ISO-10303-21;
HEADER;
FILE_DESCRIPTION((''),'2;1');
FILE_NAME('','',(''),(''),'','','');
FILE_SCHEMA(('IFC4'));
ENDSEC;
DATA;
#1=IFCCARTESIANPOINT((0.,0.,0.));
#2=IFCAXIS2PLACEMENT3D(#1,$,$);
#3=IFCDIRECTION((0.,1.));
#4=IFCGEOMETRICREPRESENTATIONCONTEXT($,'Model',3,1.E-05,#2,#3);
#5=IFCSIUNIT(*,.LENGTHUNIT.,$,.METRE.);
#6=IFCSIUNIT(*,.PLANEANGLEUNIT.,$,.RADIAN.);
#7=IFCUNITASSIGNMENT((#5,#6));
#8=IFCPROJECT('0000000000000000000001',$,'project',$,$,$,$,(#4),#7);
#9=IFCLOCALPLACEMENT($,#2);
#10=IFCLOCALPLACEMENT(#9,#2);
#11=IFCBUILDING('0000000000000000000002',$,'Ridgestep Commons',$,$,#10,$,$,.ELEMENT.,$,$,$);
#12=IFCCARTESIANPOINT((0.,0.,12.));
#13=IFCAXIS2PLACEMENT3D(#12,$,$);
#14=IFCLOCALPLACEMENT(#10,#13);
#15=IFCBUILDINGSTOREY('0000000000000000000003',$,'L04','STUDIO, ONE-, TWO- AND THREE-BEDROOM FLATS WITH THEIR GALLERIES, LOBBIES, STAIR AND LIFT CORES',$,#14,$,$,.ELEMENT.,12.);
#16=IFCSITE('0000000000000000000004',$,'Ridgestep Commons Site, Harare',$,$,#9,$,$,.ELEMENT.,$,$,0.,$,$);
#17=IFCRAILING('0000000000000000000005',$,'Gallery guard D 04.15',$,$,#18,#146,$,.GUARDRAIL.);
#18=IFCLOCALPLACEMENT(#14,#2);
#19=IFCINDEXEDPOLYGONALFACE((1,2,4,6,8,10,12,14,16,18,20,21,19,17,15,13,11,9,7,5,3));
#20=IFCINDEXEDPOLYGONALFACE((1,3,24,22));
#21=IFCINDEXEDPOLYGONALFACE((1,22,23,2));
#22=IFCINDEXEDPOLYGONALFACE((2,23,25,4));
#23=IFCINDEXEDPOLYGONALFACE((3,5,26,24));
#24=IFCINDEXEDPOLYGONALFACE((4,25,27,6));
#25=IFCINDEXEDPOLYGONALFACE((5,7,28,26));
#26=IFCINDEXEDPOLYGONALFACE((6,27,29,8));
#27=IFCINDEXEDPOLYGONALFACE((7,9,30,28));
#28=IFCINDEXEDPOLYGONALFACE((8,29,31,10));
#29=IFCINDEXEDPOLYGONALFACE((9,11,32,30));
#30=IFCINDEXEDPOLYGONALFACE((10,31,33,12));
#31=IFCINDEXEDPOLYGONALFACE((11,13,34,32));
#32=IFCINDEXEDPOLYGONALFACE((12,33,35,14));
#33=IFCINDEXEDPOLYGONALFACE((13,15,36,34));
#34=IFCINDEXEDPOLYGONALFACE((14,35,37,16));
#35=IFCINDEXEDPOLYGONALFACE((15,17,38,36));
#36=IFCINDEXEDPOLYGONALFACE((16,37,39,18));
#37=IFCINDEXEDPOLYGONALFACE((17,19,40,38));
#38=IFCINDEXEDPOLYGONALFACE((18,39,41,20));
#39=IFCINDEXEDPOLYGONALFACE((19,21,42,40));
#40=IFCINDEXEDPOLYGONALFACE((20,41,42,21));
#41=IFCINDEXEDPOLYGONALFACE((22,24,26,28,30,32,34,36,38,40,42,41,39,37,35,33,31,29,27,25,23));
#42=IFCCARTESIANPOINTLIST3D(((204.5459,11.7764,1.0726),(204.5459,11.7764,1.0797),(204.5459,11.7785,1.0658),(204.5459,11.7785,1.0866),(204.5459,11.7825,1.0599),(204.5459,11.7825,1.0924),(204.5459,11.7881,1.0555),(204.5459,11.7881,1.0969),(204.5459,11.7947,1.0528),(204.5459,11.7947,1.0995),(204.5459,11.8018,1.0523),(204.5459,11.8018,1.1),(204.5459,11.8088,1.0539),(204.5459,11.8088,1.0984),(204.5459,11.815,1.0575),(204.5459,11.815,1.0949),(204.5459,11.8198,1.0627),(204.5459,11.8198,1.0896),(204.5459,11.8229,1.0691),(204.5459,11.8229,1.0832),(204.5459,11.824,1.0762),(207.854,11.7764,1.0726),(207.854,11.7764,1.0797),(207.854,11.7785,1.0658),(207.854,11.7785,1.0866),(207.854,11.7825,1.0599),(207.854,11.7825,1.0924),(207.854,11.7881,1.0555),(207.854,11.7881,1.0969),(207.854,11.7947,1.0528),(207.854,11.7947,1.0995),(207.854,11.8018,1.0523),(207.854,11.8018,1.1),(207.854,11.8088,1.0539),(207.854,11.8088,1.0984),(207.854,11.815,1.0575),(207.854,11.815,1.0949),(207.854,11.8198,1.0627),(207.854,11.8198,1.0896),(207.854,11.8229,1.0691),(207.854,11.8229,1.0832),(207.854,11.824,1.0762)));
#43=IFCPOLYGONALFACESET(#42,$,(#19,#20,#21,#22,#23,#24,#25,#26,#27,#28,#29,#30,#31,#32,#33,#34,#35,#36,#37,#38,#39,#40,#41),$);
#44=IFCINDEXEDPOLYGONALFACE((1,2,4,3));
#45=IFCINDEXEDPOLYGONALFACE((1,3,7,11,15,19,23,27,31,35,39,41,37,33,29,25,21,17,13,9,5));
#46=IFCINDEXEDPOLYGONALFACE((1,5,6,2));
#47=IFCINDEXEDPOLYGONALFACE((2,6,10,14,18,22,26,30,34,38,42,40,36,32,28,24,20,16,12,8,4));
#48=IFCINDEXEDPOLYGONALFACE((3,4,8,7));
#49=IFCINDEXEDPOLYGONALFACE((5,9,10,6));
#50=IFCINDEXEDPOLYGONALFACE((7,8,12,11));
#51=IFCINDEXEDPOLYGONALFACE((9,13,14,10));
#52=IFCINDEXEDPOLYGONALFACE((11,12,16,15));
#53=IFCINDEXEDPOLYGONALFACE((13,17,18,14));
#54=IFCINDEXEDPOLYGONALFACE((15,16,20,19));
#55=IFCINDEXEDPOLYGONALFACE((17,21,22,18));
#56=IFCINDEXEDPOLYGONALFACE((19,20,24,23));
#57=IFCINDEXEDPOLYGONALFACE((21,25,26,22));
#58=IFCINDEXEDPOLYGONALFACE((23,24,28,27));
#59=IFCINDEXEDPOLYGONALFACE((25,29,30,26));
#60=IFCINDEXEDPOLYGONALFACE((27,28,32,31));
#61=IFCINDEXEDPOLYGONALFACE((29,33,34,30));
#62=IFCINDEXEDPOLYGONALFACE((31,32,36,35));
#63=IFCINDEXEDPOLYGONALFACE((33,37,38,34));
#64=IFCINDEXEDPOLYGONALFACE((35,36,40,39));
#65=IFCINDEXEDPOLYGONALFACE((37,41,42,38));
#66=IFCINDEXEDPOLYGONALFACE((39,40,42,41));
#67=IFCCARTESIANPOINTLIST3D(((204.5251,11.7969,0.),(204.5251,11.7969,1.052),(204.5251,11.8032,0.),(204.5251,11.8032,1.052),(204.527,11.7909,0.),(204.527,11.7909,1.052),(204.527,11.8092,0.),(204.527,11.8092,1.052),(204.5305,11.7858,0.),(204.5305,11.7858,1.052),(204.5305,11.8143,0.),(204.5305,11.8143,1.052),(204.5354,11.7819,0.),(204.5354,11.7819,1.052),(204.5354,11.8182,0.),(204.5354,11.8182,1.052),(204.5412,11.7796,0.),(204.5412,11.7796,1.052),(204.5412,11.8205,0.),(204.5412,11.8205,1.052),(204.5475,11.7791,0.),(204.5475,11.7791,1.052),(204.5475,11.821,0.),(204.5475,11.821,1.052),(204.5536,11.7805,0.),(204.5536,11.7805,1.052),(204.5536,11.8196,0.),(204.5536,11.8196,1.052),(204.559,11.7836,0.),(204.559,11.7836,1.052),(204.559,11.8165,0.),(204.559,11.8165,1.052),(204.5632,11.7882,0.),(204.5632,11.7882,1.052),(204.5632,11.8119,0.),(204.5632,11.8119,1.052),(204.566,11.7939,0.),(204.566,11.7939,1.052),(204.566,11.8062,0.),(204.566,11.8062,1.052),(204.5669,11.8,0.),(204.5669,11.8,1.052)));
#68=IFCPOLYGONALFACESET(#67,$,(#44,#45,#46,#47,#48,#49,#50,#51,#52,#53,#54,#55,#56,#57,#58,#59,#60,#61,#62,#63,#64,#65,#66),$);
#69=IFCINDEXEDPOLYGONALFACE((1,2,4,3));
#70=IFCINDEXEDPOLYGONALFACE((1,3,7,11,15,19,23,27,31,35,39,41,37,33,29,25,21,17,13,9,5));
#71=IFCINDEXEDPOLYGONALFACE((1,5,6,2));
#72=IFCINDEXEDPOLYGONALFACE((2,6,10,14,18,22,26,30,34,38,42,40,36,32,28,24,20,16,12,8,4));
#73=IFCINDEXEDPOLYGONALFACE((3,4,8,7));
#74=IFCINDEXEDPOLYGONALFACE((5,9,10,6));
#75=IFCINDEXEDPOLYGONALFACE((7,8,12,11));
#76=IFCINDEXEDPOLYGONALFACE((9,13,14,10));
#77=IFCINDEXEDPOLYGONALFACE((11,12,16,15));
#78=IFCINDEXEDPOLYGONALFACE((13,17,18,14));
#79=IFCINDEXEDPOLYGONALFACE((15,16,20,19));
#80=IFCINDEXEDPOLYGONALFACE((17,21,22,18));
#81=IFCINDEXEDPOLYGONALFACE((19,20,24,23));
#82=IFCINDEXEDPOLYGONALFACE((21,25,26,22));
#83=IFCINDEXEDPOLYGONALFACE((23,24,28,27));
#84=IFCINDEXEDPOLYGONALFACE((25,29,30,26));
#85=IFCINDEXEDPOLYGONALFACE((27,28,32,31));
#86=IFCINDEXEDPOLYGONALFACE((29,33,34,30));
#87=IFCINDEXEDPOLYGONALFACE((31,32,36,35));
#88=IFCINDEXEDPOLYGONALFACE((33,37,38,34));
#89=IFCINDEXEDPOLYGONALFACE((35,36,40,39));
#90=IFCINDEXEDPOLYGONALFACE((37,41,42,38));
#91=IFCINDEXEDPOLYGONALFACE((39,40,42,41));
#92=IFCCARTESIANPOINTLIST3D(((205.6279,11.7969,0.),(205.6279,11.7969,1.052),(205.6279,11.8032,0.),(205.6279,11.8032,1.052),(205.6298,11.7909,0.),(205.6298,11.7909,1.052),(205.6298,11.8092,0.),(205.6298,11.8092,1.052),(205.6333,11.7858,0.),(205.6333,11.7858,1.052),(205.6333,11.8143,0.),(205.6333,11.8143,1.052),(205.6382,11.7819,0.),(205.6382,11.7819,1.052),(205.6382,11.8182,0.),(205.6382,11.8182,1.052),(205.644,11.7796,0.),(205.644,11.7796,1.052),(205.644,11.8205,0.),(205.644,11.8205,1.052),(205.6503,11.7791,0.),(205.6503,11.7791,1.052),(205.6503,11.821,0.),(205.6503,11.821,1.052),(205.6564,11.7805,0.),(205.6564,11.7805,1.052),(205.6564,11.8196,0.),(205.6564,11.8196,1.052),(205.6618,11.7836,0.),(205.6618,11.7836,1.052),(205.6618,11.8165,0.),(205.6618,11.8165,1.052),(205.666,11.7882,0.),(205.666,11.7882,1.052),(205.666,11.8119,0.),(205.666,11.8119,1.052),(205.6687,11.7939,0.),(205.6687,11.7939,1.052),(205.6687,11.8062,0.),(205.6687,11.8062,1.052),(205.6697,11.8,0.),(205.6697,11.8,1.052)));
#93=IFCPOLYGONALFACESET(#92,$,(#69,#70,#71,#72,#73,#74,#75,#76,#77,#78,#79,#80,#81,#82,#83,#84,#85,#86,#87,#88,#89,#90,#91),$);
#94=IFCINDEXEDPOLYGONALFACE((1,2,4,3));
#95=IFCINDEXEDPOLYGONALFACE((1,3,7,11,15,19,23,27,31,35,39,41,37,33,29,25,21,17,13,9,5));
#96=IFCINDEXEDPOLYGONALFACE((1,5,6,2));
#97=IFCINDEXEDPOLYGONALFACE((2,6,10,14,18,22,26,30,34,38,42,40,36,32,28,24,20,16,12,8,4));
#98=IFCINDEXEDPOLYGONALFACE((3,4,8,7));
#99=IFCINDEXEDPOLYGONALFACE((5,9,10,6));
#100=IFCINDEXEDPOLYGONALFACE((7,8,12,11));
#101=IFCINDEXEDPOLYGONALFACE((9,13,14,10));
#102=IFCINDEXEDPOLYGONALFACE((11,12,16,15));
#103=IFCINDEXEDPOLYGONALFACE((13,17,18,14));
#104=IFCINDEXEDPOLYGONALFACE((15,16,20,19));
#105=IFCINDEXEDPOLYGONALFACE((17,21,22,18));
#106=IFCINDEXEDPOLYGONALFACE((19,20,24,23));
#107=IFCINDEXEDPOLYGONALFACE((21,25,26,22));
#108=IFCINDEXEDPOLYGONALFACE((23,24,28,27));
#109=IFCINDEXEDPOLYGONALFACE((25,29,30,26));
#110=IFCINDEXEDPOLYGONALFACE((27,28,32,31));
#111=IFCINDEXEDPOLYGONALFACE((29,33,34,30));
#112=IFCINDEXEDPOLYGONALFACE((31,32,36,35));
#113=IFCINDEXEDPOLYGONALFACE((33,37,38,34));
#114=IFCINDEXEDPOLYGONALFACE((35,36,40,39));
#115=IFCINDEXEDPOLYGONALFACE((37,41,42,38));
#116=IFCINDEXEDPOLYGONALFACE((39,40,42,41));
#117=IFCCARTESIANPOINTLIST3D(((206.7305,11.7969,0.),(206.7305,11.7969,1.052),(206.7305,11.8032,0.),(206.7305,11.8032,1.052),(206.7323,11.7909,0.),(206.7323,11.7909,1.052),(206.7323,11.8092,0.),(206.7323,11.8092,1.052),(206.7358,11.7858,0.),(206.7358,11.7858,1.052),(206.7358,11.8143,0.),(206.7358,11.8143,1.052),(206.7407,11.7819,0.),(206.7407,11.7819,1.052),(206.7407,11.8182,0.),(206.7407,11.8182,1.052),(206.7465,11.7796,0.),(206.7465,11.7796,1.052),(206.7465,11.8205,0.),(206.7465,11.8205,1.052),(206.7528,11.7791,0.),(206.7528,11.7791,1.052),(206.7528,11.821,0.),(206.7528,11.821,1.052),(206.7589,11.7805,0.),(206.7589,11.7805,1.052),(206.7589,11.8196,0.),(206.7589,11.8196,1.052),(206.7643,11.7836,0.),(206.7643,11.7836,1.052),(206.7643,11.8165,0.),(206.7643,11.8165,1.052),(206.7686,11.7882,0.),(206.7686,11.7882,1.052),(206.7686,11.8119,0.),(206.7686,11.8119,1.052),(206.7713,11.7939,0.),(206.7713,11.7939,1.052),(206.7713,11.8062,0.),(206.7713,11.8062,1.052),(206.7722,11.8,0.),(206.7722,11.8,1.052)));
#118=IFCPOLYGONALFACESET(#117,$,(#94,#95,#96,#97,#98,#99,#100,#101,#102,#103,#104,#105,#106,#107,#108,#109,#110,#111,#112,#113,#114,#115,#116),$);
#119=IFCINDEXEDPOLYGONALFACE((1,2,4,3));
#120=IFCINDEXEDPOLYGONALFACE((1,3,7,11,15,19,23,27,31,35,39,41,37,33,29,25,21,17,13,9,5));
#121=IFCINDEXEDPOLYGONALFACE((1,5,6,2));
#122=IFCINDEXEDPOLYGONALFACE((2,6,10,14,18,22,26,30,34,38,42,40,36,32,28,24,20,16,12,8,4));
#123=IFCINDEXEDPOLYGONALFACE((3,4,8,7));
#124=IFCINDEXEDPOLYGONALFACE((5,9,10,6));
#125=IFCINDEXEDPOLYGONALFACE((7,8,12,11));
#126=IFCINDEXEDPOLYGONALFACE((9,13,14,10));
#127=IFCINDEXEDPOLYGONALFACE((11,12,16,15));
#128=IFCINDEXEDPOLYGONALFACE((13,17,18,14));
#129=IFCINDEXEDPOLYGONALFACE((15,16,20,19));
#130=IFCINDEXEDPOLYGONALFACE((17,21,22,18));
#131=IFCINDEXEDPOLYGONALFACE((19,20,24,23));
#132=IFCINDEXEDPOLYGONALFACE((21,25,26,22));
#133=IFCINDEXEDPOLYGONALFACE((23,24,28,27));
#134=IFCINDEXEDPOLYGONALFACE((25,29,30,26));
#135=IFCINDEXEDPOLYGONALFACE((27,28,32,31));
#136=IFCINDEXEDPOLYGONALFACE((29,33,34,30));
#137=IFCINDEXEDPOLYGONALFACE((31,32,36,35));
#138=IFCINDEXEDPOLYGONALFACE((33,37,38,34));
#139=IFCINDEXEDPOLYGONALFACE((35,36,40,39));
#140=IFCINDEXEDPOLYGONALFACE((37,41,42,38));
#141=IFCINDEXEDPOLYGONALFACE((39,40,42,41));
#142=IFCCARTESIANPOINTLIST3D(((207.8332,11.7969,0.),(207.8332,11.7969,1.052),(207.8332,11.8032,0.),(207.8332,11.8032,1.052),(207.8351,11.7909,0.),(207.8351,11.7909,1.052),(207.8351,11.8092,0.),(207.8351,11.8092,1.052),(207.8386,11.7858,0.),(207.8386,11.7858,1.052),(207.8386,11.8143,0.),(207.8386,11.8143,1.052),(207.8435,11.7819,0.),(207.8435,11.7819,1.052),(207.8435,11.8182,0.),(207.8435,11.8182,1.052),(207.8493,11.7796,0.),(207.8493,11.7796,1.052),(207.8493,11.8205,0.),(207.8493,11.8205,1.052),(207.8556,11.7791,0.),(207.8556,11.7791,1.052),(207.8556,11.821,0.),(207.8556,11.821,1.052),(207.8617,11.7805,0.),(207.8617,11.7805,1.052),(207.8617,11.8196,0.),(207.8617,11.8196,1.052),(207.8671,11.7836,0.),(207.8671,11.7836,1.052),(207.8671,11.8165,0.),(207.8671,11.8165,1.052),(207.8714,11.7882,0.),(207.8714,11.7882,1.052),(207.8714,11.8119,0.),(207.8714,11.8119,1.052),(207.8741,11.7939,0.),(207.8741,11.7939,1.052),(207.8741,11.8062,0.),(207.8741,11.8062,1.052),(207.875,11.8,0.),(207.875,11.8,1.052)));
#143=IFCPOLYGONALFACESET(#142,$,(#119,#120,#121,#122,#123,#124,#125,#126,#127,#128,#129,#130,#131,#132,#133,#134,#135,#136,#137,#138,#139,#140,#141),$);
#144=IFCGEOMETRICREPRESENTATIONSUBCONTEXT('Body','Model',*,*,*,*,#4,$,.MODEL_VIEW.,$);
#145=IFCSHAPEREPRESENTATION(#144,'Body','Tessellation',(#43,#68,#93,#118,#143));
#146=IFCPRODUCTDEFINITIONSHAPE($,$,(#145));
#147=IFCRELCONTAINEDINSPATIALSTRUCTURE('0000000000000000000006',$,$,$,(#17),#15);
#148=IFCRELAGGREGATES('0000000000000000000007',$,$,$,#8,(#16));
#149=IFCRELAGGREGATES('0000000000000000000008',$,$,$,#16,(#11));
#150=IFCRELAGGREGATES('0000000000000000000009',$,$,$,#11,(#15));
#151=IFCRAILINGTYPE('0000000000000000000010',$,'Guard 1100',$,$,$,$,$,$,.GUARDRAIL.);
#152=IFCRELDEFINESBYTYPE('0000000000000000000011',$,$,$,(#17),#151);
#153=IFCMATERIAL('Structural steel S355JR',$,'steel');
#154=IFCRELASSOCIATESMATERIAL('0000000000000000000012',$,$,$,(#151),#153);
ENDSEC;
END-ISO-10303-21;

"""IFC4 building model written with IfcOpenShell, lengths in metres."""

from ifc_helpers import new_model, si_unit, direction, frame, origin, origin_2d, place, context, subcontext, project, spatial, circle, extrude, material, type_object, element, save


model = new_model("IFC4")

# Units and contexts
model_context = context("Model", 3, precision=1e-05, world=origin(), true_north=direction((0.0, 1.0)))
body_context = subcontext(model_context, "Body", "Model", "MODEL_VIEW")
ifc_project = project(units=[si_unit("LENGTHUNIT", "METRE"), si_unit("PLANEANGLEUNIT", "RADIAN")], contexts=[model_context])

# Site, building, storey
site_placement = place(None, origin())
site = spatial("IfcSite", under=ifc_project, at=site_placement, Name="Ridgestep Commons Site, Harare", CompositionType="ELEMENT", RefElevation=0.0)
building_placement = place(site_placement, origin())
building = spatial("IfcBuilding", under=site, at=building_placement, Name="Ridgestep Commons", CompositionType="ELEMENT")
storey_placement = place(building_placement, frame((0.0, 0.0, 12.0)))
storey = spatial("IfcBuildingStorey", under=building, at=storey_placement, Name="L04", Description="STUDIO, ONE-, TWO- AND THREE-BEDROOM FLATS WITH THEIR GALLERIES, LOBBIES, STAIR AND LIFT CORES", CompositionType="ELEMENT", Elevation=12.0)

# Railing
ifc_material_1 = material(Name="Structural steel S355JR", Category="steel")
railing_type = type_object("IfcRailingType", Name="Guard 1100", PredefinedType="GUARDRAIL", material=ifc_material_1)
railing_1_placement = place(storey_placement, frame((204.5459, 11.8, 0.0)))
element("IfcRailing", 1, at=railing_1_placement, inside=storey, type_object=railing_type, Name="Gallery guard D 04.15", PredefinedType="GUARDRAIL", context=body_context, shape_type="SweptSolid", body=[
    extrude(circle(Radius=0.0239, at=origin_2d()), frame((0.0, 0.0, 1.0762), z_axis=(1.0, 0.0, 0.0), x_axis=(0.0, 1.0, 0.0)), (0.0, 0.0, 1.0), 3.3081),
    extrude(circle(Radius=0.021, at=origin_2d()), origin(), (0.0, 0.0, 1.0), 1.052),
    extrude(circle(Radius=0.021, at=origin_2d()), frame((1.1028, 0.0, 0.0)), (0.0, 0.0, 1.0), 1.052),
    extrude(circle(Radius=0.021, at=origin_2d()), frame((2.2053, 0.0, 0.0)), (0.0, 0.0, 1.0), 1.052),
    extrude(circle(Radius=0.021, at=origin_2d()), frame((3.3081, 0.0, 0.0)), (0.0, 0.0, 1.0), 1.052),
])

save(model, "model.ifc")
